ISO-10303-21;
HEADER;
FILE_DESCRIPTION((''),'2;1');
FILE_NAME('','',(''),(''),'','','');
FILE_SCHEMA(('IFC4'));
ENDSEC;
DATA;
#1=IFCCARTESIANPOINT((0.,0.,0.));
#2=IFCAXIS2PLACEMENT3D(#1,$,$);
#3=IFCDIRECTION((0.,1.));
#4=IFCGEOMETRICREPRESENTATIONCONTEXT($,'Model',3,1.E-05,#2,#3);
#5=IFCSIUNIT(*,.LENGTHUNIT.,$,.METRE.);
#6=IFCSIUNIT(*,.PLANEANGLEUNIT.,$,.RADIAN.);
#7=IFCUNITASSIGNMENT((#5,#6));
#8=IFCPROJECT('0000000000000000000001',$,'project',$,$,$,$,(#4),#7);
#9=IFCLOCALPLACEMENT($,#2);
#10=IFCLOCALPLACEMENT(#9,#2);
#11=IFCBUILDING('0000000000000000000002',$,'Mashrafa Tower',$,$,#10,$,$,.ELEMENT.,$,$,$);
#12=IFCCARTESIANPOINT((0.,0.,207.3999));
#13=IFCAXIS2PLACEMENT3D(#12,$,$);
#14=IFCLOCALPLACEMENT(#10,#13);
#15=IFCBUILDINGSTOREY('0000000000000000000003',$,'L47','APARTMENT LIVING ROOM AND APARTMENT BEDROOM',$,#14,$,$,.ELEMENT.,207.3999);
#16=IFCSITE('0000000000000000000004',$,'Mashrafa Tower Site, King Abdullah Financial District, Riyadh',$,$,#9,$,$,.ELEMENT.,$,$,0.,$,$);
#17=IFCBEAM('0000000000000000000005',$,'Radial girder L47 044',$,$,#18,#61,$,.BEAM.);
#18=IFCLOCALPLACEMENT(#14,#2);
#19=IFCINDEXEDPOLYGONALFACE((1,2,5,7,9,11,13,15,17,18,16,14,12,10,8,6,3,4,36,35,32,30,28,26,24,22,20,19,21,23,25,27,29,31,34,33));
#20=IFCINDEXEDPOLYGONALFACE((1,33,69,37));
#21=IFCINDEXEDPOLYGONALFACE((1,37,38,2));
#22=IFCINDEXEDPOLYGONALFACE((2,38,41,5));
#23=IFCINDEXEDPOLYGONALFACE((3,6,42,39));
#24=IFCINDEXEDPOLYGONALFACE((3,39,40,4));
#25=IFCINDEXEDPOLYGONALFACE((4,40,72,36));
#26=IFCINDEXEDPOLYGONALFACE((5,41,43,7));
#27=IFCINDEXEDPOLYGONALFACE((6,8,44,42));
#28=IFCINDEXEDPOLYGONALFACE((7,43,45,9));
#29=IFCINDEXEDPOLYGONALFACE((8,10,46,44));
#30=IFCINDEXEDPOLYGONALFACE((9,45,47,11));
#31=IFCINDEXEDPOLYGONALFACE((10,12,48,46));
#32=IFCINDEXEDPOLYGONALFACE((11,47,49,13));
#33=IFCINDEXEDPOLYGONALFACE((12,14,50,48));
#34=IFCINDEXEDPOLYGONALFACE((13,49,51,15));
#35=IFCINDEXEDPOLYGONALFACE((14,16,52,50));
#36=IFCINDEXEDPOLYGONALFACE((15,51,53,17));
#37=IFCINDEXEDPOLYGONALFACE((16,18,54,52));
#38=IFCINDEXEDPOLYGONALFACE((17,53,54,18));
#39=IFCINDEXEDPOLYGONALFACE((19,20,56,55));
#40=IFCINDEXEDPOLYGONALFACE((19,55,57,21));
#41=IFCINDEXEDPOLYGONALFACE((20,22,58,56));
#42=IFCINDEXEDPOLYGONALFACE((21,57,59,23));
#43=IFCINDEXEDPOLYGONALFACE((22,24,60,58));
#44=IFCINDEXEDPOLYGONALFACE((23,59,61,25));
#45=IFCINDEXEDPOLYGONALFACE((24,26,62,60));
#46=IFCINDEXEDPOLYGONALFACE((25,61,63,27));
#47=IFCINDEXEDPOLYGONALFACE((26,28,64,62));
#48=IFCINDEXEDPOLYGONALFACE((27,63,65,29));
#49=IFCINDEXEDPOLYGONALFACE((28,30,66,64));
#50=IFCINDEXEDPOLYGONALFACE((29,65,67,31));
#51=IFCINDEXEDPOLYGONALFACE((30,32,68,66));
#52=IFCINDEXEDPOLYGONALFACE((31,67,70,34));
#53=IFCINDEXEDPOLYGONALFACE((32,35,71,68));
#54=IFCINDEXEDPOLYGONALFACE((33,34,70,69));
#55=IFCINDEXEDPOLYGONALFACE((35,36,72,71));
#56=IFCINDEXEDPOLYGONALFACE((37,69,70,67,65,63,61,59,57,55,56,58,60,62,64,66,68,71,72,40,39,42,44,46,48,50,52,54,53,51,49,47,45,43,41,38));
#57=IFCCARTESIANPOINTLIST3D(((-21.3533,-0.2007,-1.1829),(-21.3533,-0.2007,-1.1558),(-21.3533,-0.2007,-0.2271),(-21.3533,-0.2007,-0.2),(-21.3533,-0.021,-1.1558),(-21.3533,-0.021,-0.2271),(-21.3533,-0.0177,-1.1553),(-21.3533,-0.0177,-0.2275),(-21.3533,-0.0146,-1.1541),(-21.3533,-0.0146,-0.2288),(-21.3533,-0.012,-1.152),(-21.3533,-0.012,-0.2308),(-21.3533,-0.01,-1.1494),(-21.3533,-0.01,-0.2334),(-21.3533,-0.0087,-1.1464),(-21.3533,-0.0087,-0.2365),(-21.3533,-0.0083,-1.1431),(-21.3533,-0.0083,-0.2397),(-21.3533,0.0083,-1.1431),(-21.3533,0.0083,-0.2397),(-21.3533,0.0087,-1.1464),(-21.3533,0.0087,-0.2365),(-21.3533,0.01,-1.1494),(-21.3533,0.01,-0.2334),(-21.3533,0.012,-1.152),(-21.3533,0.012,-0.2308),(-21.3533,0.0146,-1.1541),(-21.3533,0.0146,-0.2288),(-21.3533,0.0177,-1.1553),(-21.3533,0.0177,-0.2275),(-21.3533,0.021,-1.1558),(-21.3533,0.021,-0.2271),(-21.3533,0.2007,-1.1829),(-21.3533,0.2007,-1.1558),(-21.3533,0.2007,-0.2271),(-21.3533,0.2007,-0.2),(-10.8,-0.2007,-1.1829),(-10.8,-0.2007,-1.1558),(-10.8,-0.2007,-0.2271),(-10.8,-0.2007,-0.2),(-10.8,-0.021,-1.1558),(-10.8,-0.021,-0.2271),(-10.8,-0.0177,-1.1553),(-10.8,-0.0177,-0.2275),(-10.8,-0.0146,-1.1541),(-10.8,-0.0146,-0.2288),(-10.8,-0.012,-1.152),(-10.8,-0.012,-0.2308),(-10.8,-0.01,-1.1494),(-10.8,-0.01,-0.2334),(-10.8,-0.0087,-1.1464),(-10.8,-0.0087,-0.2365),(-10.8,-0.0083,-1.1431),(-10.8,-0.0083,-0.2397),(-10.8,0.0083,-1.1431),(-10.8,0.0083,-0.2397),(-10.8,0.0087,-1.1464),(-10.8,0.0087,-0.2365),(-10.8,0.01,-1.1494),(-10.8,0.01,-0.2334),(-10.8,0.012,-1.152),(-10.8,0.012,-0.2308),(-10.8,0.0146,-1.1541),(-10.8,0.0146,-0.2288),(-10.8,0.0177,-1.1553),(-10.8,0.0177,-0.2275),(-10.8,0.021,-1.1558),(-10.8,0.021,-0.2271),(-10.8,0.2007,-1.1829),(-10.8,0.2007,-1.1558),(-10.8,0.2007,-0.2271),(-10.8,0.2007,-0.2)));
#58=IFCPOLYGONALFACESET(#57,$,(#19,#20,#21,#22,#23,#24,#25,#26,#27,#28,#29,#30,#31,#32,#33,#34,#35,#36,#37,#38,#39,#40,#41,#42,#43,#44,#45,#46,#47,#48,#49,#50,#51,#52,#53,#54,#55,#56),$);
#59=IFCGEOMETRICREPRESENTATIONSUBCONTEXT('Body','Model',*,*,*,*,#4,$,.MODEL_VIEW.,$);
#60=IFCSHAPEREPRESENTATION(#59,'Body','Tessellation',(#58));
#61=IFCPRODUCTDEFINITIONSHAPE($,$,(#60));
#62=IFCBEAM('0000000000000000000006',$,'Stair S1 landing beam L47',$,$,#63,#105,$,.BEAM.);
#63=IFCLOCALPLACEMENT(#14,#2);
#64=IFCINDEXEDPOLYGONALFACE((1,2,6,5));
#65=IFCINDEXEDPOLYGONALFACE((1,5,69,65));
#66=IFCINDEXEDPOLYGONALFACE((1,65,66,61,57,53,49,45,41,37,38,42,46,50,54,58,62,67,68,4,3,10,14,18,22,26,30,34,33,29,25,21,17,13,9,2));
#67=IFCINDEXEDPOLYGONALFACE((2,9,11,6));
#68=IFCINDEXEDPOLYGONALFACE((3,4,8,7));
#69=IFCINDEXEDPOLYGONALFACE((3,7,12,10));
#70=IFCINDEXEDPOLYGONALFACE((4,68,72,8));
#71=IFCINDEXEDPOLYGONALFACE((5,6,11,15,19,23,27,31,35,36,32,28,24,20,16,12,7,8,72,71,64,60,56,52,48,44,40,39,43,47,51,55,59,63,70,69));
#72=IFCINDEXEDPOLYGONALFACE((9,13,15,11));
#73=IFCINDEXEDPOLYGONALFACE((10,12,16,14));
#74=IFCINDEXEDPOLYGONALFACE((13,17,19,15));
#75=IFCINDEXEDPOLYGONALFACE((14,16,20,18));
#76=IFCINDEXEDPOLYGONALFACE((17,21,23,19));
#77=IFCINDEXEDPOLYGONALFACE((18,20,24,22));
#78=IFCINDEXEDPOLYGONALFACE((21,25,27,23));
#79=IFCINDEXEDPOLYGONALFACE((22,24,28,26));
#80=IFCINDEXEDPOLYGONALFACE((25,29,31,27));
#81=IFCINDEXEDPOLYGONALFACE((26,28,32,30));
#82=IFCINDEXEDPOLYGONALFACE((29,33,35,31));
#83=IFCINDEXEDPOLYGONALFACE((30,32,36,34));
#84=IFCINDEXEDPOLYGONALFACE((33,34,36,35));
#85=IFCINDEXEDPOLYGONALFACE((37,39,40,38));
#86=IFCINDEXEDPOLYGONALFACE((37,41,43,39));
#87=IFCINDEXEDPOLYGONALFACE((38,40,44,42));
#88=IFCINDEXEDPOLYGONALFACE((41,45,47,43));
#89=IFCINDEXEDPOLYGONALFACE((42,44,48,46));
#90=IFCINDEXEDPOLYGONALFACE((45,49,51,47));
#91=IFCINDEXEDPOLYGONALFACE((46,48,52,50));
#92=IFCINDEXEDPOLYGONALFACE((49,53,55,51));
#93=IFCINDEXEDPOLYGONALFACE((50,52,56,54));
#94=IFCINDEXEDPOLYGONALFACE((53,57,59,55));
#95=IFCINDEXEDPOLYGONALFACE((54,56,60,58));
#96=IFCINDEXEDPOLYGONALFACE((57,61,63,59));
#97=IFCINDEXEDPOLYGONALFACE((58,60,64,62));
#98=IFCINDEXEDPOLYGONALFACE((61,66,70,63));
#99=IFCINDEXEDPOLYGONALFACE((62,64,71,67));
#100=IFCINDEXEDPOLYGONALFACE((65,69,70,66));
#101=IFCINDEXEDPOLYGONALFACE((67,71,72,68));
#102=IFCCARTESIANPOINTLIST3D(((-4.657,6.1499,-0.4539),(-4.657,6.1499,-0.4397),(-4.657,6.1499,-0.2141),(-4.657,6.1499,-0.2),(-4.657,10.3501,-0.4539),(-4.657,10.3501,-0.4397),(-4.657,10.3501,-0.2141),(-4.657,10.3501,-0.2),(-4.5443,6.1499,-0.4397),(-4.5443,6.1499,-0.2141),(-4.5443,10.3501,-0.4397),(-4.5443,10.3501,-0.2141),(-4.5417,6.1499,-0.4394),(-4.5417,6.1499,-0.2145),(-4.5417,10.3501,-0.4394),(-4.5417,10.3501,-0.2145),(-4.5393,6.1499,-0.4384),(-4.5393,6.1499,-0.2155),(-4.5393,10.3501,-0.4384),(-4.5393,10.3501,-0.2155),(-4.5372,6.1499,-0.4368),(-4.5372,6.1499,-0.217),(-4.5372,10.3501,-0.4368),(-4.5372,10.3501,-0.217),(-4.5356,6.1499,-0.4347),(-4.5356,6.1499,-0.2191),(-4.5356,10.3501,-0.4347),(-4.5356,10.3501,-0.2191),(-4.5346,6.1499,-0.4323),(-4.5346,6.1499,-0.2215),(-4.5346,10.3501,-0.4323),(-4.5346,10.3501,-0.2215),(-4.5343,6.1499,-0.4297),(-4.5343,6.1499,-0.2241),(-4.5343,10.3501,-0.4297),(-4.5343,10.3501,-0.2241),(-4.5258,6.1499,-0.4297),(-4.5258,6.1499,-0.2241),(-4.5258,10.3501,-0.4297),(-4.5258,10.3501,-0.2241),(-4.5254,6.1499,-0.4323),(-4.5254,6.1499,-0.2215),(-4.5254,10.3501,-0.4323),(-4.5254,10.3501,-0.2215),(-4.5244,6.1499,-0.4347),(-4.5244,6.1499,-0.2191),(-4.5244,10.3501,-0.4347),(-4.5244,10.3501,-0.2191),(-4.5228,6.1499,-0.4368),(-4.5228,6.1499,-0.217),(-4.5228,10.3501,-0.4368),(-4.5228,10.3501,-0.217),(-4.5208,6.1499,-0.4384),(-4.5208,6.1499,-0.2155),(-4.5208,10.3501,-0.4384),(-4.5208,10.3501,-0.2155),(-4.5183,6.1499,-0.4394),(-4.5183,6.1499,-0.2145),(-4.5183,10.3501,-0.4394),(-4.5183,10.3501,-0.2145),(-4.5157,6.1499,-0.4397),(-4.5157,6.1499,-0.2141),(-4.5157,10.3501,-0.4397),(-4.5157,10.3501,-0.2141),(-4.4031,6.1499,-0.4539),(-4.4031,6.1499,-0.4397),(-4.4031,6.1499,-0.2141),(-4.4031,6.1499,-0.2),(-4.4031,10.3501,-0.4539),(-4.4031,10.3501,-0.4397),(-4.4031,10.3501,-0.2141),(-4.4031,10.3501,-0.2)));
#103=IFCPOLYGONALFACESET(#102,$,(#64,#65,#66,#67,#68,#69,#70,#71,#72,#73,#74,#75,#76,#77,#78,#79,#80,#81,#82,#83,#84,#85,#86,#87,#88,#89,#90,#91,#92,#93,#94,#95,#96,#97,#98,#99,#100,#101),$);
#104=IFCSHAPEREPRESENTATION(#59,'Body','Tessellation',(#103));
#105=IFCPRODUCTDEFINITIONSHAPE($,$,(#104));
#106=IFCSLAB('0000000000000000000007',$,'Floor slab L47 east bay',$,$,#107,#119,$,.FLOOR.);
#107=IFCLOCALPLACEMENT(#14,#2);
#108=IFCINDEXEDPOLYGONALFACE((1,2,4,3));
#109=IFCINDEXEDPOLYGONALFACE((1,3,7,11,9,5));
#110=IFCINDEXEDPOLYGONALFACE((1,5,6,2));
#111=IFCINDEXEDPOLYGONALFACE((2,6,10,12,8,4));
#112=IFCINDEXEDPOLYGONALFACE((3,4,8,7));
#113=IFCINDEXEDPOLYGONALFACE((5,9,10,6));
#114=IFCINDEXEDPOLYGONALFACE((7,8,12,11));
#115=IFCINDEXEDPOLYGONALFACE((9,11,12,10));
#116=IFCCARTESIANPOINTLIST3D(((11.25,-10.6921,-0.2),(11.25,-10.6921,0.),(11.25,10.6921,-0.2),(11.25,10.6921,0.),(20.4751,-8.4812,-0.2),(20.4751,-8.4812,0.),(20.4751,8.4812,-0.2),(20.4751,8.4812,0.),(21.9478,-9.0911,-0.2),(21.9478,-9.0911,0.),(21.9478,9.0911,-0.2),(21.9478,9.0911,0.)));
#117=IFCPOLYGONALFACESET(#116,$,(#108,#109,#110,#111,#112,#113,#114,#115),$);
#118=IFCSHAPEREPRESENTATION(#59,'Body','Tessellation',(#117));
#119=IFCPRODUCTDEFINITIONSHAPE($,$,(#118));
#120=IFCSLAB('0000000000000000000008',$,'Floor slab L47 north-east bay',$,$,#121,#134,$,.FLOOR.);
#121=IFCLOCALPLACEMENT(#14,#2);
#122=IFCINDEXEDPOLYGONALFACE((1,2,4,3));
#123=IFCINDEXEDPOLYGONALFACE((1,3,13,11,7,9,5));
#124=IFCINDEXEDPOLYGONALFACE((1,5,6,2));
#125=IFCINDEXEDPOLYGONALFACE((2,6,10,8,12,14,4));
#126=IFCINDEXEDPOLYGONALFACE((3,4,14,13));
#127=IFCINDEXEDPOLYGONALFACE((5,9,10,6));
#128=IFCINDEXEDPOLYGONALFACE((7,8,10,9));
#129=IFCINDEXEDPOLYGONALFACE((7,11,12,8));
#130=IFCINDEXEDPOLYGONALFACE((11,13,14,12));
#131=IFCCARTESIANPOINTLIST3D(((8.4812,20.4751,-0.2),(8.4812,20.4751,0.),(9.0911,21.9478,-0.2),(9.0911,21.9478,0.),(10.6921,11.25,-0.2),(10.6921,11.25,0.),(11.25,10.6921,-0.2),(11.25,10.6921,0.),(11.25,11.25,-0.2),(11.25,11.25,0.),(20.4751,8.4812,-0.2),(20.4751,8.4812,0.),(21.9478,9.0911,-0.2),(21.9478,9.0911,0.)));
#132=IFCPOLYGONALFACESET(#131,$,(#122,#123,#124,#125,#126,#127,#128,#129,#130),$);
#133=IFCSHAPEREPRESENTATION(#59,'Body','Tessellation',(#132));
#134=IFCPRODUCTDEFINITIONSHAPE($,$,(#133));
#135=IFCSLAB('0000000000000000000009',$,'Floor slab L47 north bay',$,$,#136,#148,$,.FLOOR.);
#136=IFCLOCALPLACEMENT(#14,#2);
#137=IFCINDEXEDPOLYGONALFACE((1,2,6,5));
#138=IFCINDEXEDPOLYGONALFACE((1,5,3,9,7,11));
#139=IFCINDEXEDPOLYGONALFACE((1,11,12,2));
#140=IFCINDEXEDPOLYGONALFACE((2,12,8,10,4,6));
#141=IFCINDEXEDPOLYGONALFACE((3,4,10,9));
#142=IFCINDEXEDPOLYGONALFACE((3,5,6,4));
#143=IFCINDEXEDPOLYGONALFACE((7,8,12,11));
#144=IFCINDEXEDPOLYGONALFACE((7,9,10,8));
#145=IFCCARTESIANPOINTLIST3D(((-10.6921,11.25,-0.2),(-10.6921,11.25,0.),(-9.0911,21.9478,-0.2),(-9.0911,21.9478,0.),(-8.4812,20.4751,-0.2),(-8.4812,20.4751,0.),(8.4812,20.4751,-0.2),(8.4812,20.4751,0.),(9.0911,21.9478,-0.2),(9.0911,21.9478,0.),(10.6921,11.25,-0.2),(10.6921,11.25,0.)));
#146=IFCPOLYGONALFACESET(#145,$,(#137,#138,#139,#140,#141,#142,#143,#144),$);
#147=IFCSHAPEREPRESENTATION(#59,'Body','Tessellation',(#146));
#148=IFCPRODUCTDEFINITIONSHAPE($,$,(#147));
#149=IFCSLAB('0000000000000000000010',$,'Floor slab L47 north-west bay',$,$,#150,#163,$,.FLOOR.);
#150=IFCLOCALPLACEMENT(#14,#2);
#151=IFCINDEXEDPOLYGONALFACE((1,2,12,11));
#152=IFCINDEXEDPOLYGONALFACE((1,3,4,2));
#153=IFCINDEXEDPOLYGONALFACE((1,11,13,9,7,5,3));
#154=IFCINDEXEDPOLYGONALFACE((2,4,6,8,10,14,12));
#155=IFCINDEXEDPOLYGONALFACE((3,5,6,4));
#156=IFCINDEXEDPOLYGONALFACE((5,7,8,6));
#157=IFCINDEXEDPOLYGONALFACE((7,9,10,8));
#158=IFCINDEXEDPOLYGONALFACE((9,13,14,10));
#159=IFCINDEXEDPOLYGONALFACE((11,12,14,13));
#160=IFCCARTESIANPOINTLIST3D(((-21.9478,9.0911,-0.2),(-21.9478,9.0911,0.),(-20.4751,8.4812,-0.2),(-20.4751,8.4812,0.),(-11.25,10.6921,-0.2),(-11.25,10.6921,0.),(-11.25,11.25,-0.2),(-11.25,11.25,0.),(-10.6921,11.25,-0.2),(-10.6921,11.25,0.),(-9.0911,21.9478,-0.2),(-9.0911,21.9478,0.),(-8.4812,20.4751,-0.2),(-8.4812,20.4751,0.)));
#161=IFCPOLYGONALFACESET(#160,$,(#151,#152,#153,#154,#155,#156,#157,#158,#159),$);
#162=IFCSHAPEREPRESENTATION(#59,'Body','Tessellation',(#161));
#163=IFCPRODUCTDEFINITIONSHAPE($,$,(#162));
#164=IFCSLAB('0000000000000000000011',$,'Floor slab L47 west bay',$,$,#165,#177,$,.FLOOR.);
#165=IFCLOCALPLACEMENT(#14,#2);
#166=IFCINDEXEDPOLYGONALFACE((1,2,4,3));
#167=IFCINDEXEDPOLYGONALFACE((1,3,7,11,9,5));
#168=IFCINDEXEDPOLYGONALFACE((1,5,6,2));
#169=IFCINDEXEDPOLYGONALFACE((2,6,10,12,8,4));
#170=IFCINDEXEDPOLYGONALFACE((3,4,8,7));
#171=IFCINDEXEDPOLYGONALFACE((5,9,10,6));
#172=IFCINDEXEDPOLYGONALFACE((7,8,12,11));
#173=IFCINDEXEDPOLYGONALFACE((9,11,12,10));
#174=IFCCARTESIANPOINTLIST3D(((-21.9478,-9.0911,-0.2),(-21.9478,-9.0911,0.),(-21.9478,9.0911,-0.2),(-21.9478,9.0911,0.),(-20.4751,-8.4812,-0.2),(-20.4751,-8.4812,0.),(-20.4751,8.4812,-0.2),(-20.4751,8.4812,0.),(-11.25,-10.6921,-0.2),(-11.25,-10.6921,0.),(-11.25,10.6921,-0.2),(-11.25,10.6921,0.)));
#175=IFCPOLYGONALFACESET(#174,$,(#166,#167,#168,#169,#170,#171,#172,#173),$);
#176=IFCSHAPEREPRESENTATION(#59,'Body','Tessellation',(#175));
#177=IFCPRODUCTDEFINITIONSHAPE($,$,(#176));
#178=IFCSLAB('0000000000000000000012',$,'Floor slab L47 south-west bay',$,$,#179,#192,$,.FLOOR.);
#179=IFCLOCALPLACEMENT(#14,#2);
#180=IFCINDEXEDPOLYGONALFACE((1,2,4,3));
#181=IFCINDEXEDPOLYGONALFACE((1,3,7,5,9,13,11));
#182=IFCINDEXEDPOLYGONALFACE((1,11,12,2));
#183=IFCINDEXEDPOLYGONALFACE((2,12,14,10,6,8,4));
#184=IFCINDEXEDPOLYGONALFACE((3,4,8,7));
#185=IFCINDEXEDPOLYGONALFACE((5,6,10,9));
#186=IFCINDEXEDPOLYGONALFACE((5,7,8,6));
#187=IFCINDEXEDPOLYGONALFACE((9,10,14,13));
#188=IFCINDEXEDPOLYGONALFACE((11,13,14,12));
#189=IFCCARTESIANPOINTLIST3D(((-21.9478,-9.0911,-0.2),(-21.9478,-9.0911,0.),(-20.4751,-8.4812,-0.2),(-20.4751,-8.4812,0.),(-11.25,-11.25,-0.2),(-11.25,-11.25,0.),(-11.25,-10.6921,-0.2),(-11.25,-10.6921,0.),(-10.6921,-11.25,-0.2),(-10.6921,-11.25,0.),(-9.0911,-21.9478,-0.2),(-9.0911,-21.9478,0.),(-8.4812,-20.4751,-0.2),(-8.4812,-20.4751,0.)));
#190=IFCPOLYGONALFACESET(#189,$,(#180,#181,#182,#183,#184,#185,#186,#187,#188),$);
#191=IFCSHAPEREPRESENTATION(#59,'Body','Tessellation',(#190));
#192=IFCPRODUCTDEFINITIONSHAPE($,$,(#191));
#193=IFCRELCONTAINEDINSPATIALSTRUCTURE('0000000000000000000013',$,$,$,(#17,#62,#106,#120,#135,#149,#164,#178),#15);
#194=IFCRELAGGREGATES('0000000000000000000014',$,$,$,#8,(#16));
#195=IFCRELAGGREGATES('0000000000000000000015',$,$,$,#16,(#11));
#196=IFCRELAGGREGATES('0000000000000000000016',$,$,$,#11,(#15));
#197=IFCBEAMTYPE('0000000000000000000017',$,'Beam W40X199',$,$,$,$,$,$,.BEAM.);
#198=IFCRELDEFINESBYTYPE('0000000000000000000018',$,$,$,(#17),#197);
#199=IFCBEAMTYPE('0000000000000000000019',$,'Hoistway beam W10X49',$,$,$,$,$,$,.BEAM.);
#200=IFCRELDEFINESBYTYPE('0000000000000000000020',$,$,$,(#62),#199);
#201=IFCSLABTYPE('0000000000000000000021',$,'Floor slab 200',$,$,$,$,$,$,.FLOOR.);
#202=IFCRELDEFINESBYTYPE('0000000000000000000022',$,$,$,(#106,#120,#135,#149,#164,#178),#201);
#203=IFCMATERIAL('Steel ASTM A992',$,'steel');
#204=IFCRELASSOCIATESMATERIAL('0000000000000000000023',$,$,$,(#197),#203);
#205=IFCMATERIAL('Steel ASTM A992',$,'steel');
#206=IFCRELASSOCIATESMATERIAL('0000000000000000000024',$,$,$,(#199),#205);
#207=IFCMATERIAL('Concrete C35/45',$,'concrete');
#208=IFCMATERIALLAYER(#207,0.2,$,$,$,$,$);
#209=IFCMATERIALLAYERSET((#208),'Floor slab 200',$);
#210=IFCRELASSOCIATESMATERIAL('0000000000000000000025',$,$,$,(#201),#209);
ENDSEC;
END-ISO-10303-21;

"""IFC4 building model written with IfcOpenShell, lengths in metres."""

from ifc_helpers import new_model, si_unit, direction, frame, origin, origin_2d, place, context, subcontext, project, spatial, polyline, i_section, outline, extrude, material, layer, layer_set, material_profile, profile_set, type_object, element, save


model = new_model("IFC4")

# Units and contexts
model_context = context("Model", 3, precision=1e-05, world=origin(), true_north=direction((0.0, 1.0)))
body_context = subcontext(model_context, "Body", "Model", "MODEL_VIEW")
ifc_project = project(units=[si_unit("LENGTHUNIT", "METRE"), si_unit("PLANEANGLEUNIT", "RADIAN")], contexts=[model_context])

# Site, building, storey
site_placement = place(None, origin())
site = spatial("IfcSite", under=ifc_project, at=site_placement, Name="Mashrafa Tower Site, King Abdullah Financial District, Riyadh", CompositionType="ELEMENT", RefElevation=0.0)
building_placement = place(site_placement, origin())
building = spatial("IfcBuilding", under=site, at=building_placement, Name="Mashrafa Tower", CompositionType="ELEMENT")
storey_placement = place(building_placement, frame((0.0, 0.0, 207.3999)))
storey = spatial("IfcBuildingStorey", under=building, at=storey_placement, Name="L47", Description="APARTMENT LIVING ROOM AND APARTMENT BEDROOM", CompositionType="ELEMENT", Elevation=207.3999)

# Beams
ifc_material_1 = material(Name="Steel ASTM A992", Category="steel")
ifc_material_profile_1 = material_profile(ifc_material_1, i_section(OverallWidth=0.4014, OverallDepth=0.9829, WebThickness=0.0166, FlangeThickness=0.0271, FilletRadius=0.0127, at=origin_2d()), Name="W40X199")
ifc_profile_set_1 = profile_set([ifc_material_profile_1], Name="Steel ASTM A992")
beam_type_1 = type_object("IfcBeamType", Name="Beam W40X199", PredefinedType="BEAM", material=ifc_profile_set_1)
beam_1_placement = place(storey_placement, frame((-10.8, 0.0, -0.6914), z_axis=(-1.0, 0.0, 0.0), x_axis=(0.0, -1.0, 0.0)))
element("IfcBeam", 1, at=beam_1_placement, inside=storey, type_object=beam_type_1, Name="Radial girder L47 044", PredefinedType="BEAM", context=body_context, shape_type="SweptSolid", body=[
    extrude(i_section(OverallWidth=0.4014, OverallDepth=0.9829, WebThickness=0.0166, FlangeThickness=0.0271, FilletRadius=0.0127, at=origin_2d()), origin(), (0.0, 0.0, 1.0), 10.5532),
])
ifc_material_2 = material(Name="Steel ASTM A992", Category="steel")
ifc_material_profile_2 = material_profile(ifc_material_2, i_section(OverallWidth=0.2539, OverallDepth=0.2539, WebThickness=0.0085, FlangeThickness=0.0142, FilletRadius=0.01, at=origin_2d()), Name="W10X49")
ifc_profile_set_2 = profile_set([ifc_material_profile_2], Name="Steel ASTM A992")
beam_type_2 = type_object("IfcBeamType", Name="Hoistway beam W10X49", PredefinedType="BEAM", material=ifc_profile_set_2)
beam_2_placement = place(storey_placement, frame((-4.53, 6.1499, -0.3269), z_axis=(0.0, 1.0, 0.0), x_axis=(-1.0, 0.0, 0.0)))
element("IfcBeam", 2, at=beam_2_placement, inside=storey, type_object=beam_type_2, Name="Stair S1 landing beam L47", PredefinedType="BEAM", context=body_context, shape_type="SweptSolid", body=[
    extrude(i_section(OverallWidth=0.2539, OverallDepth=0.2539, WebThickness=0.0085, FlangeThickness=0.0142, FilletRadius=0.01, at=origin_2d()), origin(), (0.0, 0.0, 1.0), 4.2002),
])

# Slabs
ifc_material_3 = material(Name="Concrete C35/45", Category="concrete")
ifc_layer_1 = layer(ifc_material_3, 0.2)
ifc_layer_set_1 = layer_set([ifc_layer_1], Name="Floor slab 200")
slab_type = type_object("IfcSlabType", Name="Floor slab 200", PredefinedType="FLOOR", material=ifc_layer_set_1)
slab_1_placement = place(storey_placement, frame((0.0, 0.0, -0.2)))
element("IfcSlab", 3, at=slab_1_placement, inside=storey, type_object=slab_type, Name="Floor slab L47 east bay", PredefinedType="FLOOR", context=body_context, shape_type="SweptSolid", body=[
    extrude(outline(polyline([(21.9478, 9.0911), (21.9478, -9.0911), (21.9478, -9.0911), (20.4751, -8.4812), (11.25, -10.6921), (11.25, 10.6921), (20.4751, 8.4812), (21.9478, 9.0911), (21.9478, 9.0911)])), origin(), (0.0, 0.0, 1.0), 0.2),
])
slab_2_placement = place(storey_placement, frame((0.0, 0.0, -0.2)))
element("IfcSlab", 4, at=slab_2_placement, inside=storey, type_object=slab_type, Name="Floor slab L47 north-east bay", PredefinedType="FLOOR", context=body_context, shape_type="SweptSolid", body=[
    extrude(outline(polyline([(21.9478, 9.0911), (20.4751, 8.4812), (11.25, 10.6921), (11.25, 11.25), (10.6921, 11.25), (8.4812, 20.4751), (9.0911, 21.9478), (21.9478, 9.0911)])), origin(), (0.0, 0.0, 1.0), 0.2),
])
slab_3_placement = place(storey_placement, frame((0.0, 0.0, -0.2)))
element("IfcSlab", 5, at=slab_3_placement, inside=storey, type_object=slab_type, Name="Floor slab L47 north bay", PredefinedType="FLOOR", context=body_context, shape_type="SweptSolid", body=[
    extrude(outline(polyline([(-9.0911, 21.9478), (9.0911, 21.9478), (9.0911, 21.9478), (8.4812, 20.4751), (10.6921, 11.25), (-10.6921, 11.25), (-8.4812, 20.4751), (-9.0911, 21.9478), (-9.0911, 21.9478)])), origin(), (0.0, 0.0, 1.0), 0.2),
])
slab_4_placement = place(storey_placement, frame((0.0, 0.0, -0.2)))
element("IfcSlab", 6, at=slab_4_placement, inside=storey, type_object=slab_type, Name="Floor slab L47 north-west bay", PredefinedType="FLOOR", context=body_context, shape_type="SweptSolid", body=[
    extrude(outline(polyline([(-9.0911, 21.9478), (-8.4812, 20.4751), (-10.6921, 11.25), (-11.25, 11.25), (-11.25, 10.6921), (-20.4751, 8.4812), (-21.9478, 9.0911), (-9.0911, 21.9478)])), origin(), (0.0, 0.0, 1.0), 0.2),
])
slab_5_placement = place(storey_placement, frame((0.0, 0.0, -0.2)))
element("IfcSlab", 7, at=slab_5_placement, inside=storey, type_object=slab_type, Name="Floor slab L47 west bay", PredefinedType="FLOOR", context=body_context, shape_type="SweptSolid", body=[
    extrude(outline(polyline([(-21.9478, -9.0911), (-21.9478, 9.0911), (-21.9478, 9.0911), (-20.4751, 8.4812), (-11.25, 10.6921), (-11.25, -10.6921), (-20.4751, -8.4812), (-21.9478, -9.0911), (-21.9478, -9.0911)])), origin(), (0.0, 0.0, 1.0), 0.2),
])
slab_6_placement = place(storey_placement, frame((0.0, 0.0, -0.2)))
element("IfcSlab", 8, at=slab_6_placement, inside=storey, type_object=slab_type, Name="Floor slab L47 south-west bay", PredefinedType="FLOOR", context=body_context, shape_type="SweptSolid", body=[
    extrude(outline(polyline([(-21.9478, -9.0911), (-20.4751, -8.4812), (-11.25, -10.6921), (-11.25, -11.25), (-10.6921, -11.25), (-8.4812, -20.4751), (-9.0911, -21.9478), (-21.9478, -9.0911)])), origin(), (0.0, 0.0, 1.0), 0.2),
])

save(model, "model.ifc")
